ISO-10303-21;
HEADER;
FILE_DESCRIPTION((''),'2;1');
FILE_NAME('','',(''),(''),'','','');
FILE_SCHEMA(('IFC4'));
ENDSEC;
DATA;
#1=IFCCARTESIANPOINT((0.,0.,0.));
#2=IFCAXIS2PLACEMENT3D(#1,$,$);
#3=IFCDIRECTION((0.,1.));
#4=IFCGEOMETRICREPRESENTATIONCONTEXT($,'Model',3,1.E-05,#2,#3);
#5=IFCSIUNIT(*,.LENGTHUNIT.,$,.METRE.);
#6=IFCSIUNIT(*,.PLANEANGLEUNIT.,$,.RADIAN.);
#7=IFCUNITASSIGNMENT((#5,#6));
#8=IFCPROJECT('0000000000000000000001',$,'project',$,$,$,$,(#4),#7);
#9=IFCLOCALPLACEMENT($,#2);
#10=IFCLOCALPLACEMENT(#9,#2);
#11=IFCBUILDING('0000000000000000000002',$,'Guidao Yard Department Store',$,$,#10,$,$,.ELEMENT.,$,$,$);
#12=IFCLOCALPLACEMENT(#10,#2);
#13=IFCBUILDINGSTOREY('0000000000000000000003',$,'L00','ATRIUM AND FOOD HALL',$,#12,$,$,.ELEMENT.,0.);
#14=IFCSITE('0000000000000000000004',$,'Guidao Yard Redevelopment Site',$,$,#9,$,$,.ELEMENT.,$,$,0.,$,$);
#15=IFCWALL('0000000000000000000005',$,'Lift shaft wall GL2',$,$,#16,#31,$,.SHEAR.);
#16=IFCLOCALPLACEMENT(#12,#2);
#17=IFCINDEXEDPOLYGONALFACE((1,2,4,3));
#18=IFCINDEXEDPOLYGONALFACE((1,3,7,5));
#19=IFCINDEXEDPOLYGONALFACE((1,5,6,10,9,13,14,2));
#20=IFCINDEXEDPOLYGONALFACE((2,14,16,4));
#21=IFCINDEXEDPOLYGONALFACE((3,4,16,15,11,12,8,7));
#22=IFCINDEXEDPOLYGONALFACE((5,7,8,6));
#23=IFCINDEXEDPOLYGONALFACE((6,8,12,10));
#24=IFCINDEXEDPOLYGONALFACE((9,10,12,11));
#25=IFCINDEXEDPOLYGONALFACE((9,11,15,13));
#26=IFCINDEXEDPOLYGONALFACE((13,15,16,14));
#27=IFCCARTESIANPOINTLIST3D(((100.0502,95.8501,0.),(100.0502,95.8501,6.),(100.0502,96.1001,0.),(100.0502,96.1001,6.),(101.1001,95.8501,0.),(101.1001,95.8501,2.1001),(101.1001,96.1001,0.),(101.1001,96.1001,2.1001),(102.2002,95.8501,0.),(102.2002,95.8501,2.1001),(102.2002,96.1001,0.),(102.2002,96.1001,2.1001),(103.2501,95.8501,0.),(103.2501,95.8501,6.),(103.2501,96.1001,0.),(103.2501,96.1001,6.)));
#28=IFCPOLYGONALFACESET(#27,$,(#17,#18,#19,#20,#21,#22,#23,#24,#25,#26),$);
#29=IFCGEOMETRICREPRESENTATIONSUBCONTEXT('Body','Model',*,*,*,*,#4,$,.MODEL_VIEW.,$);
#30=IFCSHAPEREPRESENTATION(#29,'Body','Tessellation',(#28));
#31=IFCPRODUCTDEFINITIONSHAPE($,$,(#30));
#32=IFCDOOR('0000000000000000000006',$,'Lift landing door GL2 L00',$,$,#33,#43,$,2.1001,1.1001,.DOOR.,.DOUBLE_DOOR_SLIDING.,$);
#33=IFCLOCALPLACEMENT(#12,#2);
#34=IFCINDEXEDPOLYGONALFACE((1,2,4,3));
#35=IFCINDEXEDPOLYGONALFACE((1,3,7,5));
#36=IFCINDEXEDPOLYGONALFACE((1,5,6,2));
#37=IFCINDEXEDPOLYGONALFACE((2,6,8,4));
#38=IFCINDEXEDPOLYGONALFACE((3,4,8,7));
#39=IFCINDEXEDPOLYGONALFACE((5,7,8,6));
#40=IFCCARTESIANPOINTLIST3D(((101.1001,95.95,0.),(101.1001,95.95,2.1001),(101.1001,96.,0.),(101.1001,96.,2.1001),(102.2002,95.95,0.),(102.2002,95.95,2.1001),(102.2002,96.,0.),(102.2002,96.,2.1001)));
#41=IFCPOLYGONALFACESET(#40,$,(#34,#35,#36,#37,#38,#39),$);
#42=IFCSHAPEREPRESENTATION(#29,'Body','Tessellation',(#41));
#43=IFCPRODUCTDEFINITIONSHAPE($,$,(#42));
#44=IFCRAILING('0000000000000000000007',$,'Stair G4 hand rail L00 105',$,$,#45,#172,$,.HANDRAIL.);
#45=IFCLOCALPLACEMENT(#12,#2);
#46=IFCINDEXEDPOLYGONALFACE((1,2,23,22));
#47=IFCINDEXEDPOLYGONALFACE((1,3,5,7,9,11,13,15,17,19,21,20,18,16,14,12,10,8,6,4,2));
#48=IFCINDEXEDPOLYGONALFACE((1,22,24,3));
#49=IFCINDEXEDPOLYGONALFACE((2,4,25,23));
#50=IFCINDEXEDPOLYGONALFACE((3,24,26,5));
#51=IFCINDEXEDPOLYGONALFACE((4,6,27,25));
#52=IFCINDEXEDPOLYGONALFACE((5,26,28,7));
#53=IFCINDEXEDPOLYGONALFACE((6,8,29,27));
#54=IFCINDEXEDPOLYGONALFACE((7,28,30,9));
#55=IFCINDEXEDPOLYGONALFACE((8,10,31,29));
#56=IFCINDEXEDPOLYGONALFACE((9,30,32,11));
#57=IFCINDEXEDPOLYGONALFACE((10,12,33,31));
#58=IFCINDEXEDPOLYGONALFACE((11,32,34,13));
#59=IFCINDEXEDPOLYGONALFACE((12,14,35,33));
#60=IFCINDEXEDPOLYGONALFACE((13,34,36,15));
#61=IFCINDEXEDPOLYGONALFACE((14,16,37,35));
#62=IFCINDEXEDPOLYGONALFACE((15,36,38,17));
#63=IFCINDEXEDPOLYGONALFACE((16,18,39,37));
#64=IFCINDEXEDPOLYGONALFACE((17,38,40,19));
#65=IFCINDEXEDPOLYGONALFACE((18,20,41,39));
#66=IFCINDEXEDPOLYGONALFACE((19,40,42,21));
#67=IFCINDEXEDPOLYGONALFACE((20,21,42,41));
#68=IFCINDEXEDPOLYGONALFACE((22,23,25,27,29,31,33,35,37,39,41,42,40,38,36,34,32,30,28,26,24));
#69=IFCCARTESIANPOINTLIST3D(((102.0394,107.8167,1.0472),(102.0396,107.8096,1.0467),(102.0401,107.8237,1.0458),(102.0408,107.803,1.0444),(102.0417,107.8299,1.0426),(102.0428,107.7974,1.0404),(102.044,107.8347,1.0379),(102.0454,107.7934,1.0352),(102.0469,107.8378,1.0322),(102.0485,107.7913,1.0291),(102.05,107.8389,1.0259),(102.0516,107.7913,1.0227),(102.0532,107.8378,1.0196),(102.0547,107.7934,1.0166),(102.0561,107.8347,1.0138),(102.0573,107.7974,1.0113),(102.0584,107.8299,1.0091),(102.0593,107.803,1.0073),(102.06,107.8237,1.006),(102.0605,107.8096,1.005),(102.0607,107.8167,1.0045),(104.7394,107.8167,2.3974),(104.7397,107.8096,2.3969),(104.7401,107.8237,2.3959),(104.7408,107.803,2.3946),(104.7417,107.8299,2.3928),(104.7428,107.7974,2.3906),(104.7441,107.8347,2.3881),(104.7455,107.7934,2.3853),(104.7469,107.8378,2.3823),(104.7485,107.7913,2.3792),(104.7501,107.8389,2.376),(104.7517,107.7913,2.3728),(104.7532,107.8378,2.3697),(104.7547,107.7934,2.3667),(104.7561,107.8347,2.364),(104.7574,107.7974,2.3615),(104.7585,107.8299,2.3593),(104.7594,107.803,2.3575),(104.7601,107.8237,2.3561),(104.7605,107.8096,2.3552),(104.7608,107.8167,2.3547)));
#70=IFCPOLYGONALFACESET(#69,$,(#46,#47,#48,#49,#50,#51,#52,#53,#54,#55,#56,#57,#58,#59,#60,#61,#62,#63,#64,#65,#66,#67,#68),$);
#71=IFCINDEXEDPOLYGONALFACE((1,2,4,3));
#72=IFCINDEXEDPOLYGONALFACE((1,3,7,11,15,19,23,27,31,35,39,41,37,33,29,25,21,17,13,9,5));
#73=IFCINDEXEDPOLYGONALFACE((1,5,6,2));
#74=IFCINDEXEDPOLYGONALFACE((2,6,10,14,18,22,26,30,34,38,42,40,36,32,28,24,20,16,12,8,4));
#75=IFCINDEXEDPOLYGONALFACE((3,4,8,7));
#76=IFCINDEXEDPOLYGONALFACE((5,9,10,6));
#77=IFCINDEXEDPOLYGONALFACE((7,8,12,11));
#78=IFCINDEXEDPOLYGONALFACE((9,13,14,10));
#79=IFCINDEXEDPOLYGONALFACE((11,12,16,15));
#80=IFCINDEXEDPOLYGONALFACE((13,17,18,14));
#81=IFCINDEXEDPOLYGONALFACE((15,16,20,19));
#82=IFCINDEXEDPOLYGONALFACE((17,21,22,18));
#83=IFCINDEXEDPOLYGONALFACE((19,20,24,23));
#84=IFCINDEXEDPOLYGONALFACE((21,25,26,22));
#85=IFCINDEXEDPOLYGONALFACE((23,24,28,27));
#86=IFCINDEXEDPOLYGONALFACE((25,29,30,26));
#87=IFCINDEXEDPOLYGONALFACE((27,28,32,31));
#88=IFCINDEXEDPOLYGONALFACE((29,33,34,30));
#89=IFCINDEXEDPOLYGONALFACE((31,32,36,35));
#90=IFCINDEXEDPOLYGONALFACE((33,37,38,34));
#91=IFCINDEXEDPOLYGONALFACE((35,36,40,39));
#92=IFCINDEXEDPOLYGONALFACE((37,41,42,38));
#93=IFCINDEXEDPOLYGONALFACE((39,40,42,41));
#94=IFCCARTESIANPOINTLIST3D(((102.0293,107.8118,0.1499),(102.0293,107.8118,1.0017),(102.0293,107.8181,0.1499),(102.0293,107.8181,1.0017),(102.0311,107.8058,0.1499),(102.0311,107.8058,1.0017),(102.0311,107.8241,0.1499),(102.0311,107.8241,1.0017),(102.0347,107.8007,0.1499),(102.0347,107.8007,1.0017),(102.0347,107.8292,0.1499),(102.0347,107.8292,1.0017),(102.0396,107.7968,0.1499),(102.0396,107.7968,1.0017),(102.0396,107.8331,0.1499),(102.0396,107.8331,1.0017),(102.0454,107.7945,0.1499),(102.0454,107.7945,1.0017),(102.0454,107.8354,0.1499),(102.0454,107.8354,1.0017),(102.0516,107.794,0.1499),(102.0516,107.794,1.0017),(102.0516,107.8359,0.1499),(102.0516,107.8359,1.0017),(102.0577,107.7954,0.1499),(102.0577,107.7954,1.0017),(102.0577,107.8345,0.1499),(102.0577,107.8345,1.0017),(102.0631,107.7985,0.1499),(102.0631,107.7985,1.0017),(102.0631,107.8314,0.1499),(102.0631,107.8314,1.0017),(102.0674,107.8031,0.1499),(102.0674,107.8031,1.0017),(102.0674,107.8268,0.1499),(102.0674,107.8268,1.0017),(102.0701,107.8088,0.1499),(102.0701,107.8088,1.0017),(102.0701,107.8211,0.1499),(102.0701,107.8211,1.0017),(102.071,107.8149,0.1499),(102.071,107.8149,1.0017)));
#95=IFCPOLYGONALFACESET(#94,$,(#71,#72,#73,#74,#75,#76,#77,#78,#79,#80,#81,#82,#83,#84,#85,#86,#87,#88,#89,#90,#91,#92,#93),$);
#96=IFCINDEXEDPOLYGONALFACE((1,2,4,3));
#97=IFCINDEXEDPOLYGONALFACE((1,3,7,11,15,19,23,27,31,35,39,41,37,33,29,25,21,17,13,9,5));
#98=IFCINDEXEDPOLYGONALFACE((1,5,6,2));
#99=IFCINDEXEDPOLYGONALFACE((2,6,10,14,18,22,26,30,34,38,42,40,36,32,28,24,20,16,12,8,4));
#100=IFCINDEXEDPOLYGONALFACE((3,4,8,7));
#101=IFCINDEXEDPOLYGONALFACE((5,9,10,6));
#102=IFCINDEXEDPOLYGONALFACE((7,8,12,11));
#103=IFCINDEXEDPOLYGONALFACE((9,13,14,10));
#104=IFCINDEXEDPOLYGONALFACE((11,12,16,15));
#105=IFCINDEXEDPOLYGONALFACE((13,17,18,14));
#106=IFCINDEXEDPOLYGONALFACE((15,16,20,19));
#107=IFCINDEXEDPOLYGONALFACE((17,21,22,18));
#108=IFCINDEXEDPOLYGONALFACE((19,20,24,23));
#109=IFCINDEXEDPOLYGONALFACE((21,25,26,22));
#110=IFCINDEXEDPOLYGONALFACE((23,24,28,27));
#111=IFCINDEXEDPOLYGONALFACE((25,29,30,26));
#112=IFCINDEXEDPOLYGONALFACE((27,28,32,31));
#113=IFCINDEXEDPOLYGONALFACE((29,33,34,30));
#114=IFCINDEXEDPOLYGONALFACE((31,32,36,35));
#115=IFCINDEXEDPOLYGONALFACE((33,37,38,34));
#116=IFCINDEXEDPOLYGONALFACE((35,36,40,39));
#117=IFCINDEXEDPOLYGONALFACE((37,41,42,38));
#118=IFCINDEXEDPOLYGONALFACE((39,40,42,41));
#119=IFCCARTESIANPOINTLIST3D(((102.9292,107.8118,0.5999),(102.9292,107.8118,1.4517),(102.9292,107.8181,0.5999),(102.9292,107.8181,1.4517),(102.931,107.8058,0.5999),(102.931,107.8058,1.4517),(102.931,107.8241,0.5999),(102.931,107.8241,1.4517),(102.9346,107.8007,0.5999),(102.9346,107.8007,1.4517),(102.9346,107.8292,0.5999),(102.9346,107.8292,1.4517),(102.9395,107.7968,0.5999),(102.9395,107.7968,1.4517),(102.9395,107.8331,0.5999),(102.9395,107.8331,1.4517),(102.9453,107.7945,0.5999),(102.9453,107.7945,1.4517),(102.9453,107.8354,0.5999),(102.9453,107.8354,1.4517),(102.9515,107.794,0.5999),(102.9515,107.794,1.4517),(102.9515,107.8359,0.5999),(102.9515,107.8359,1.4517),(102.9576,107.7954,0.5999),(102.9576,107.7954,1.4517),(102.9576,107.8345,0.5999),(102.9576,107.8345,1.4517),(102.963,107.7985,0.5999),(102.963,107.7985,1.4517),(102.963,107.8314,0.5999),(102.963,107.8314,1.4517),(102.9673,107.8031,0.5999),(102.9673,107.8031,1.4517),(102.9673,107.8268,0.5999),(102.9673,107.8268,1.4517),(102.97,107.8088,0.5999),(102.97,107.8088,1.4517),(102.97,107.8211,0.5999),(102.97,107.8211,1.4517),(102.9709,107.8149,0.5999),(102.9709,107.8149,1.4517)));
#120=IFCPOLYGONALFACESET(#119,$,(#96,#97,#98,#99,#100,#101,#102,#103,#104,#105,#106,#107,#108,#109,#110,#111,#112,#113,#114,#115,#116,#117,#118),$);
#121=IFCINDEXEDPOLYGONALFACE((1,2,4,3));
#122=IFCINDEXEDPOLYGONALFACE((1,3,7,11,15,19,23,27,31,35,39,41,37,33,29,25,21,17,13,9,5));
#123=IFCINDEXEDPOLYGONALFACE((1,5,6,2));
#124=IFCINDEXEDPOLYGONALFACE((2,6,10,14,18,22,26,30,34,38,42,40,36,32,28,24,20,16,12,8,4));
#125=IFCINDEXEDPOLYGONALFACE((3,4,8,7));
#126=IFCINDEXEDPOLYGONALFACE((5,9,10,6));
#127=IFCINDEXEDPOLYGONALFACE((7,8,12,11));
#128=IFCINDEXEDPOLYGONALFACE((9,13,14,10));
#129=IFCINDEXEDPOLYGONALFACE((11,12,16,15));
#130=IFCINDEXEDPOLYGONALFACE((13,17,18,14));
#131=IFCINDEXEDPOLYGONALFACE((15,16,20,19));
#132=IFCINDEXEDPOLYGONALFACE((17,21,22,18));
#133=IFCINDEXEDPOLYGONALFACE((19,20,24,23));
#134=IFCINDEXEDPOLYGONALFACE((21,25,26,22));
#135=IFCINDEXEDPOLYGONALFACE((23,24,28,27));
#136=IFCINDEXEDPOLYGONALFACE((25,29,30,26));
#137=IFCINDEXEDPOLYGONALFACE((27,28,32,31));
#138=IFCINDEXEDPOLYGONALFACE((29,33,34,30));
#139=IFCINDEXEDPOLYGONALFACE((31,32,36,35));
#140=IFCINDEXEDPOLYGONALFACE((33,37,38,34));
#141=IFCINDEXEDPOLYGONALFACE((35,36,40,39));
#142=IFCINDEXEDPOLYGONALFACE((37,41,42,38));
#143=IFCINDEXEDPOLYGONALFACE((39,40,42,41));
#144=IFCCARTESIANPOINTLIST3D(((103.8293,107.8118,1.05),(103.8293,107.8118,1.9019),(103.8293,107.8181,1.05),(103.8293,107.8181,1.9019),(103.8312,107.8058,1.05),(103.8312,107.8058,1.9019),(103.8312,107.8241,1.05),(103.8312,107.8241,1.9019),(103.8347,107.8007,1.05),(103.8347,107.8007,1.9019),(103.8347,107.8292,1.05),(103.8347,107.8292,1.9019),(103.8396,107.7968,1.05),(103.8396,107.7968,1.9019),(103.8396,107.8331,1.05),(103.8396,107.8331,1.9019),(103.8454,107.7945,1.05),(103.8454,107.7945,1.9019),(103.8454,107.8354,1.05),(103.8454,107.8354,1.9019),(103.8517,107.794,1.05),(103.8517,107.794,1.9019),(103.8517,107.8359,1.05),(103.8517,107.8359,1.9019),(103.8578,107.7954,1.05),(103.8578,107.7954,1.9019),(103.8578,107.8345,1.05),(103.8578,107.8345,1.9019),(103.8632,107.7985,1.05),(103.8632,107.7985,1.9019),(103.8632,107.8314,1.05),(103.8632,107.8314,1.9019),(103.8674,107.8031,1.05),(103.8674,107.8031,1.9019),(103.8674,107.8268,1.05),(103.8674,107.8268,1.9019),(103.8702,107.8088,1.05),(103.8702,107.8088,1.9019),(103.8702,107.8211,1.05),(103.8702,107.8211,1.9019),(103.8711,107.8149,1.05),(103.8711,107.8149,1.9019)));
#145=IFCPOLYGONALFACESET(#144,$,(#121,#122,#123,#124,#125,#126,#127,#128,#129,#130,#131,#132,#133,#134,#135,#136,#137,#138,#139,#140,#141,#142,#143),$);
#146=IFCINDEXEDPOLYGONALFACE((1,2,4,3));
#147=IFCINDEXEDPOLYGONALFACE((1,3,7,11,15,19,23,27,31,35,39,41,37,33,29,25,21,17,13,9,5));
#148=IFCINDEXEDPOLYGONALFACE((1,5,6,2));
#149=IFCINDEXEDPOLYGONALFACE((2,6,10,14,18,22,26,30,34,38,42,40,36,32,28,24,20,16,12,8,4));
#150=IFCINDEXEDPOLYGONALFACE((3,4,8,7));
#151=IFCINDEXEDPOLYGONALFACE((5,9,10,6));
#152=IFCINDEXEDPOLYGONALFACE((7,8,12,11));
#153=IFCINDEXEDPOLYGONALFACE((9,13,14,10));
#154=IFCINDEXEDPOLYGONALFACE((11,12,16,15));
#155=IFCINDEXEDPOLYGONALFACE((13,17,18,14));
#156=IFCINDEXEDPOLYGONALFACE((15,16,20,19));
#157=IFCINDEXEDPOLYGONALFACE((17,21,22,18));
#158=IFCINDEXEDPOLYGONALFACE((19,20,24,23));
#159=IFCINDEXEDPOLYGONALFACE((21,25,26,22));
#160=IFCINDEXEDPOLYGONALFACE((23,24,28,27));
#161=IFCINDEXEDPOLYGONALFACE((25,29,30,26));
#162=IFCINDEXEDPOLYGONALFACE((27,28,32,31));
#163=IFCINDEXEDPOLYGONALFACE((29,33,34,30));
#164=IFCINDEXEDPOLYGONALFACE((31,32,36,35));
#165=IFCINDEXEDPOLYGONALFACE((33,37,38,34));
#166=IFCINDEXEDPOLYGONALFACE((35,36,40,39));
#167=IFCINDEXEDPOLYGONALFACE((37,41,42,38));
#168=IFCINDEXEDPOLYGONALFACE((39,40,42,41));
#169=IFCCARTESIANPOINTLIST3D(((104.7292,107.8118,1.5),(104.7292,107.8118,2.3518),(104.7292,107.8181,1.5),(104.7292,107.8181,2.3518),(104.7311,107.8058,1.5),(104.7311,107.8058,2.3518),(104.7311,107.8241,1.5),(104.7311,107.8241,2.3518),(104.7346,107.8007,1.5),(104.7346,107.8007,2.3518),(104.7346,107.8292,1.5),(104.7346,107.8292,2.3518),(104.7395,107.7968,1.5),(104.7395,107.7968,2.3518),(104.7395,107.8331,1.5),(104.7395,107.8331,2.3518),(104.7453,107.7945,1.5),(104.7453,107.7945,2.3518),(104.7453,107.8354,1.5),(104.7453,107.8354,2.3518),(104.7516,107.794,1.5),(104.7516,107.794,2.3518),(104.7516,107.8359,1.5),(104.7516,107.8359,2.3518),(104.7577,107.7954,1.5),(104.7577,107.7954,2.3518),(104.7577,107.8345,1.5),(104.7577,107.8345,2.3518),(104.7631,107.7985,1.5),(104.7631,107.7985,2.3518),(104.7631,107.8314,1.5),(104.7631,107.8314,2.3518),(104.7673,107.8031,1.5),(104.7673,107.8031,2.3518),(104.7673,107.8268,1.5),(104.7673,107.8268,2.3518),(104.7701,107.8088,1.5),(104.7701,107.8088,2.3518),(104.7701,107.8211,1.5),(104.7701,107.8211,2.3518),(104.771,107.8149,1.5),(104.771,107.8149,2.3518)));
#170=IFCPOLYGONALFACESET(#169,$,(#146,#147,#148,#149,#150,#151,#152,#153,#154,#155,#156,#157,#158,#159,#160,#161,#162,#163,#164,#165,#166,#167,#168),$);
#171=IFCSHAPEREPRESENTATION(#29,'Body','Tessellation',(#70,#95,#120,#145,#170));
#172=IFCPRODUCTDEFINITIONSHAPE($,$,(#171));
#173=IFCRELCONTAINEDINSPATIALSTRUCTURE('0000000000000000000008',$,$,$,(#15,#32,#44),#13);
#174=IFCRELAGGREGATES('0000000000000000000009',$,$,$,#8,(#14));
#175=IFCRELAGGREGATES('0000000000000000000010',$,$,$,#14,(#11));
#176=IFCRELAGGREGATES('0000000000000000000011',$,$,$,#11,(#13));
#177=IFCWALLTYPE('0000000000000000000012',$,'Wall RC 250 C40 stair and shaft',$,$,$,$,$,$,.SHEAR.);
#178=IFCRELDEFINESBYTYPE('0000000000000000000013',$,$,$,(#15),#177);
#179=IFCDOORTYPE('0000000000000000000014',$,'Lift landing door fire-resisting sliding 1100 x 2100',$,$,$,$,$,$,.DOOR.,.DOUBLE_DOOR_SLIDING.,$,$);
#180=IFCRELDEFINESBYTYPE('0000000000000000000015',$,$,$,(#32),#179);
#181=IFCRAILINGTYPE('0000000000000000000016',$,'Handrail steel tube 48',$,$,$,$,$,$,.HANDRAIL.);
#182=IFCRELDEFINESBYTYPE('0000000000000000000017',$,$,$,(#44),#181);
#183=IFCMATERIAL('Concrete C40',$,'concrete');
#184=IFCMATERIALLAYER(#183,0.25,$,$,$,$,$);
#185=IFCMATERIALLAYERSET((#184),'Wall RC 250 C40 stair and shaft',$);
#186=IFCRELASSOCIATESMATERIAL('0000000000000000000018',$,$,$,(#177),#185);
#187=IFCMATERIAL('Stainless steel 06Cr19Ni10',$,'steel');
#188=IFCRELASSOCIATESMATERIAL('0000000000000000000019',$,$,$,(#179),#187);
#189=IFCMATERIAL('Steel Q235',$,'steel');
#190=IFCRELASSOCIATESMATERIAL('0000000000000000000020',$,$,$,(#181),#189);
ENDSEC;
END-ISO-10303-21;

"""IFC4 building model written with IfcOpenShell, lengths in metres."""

from ifc_helpers import new_model, si_unit, direction, frame, frame_2d, origin, origin_2d, place, context, subcontext, project, spatial, rectangle, circle, extrude, material, layer, layer_set, type_object, element, fill, save


model = new_model("IFC4")

# Units and contexts
model_context = context("Model", 3, precision=1e-05, world=origin(), true_north=direction((0.0, 1.0)))
body_context = subcontext(model_context, "Body", "Model", "MODEL_VIEW")
ifc_project = project(units=[si_unit("LENGTHUNIT", "METRE"), si_unit("PLANEANGLEUNIT", "RADIAN")], contexts=[model_context])

# Site, building, storey
site_placement = place(None, origin())
site = spatial("IfcSite", under=ifc_project, at=site_placement, Name="Guidao Yard Redevelopment Site", CompositionType="ELEMENT", RefElevation=0.0)
building_placement = place(site_placement, origin())
building = spatial("IfcBuilding", under=site, at=building_placement, Name="Guidao Yard Department Store", CompositionType="ELEMENT")
storey_placement = place(building_placement, origin())
storey = spatial("IfcBuildingStorey", under=building, at=storey_placement, Name="L00", Description="ATRIUM AND FOOD HALL", CompositionType="ELEMENT", Elevation=0.0)

# Shared definitions
ifc_material_1 = material(Name="Concrete C40", Category="concrete")
ifc_layer = layer(ifc_material_1, 0.25)
ifc_layer_set = layer_set([ifc_layer], Name="Wall RC 250 C40 stair and shaft")
wall_type = type_object("IfcWallType", Name="Wall RC 250 C40 stair and shaft", PredefinedType="SHEAR", material=ifc_layer_set)

# Wall, opening, door
wall_1_placement = place(storey_placement, frame((100.05, 95.9751, 0.0), z_axis=(0.0, 0.0, 1.0), x_axis=(1.0, 0.0, 0.0)))
wall_1 = element("IfcWall", 1, at=wall_1_placement, inside=storey, type_object=wall_type, Name="Lift shaft wall GL2", PredefinedType="SHEAR", context=body_context, shape_type="SweptSolid", body=[
    extrude(rectangle(XDim=3.2, YDim=0.25, at=frame_2d((1.6001, 0.0))), origin(), (0.0, 0.0, 1.0), 6.0),
])
opening_1_placement = place(wall_1_placement, frame((1.05, 0.0, 0.0)))
opening_1 = element("IfcOpeningElement", 2, at=opening_1_placement, cuts=wall_1, PredefinedType="OPENING", context=body_context, shape_type="SweptSolid", body=[
    extrude(rectangle(XDim=1.1001, YDim=2.1001, at=frame_2d((0.55, 1.05))), frame((0.0, 0.135, 0.0), z_axis=(0.0, -1.0, 0.0), x_axis=(1.0, 0.0, 0.0)), (0.0, 0.0, 1.0), 0.27),
])
ifc_material_2 = material(Name="Stainless steel 06Cr19Ni10", Category="steel")
door_type_1 = type_object("IfcDoorType", Name="Lift landing door fire-resisting sliding 1100 x 2100", OperationType="DOUBLE_DOOR_SLIDING", PredefinedType="DOOR", material=ifc_material_2)
door_1_placement = place(opening_1_placement, origin())
door_1 = element("IfcDoor", 3, at=door_1_placement, inside=storey, type_object=door_type_1, Name="Lift landing door GL2 L00", OperationType="DOUBLE_DOOR_SLIDING", OverallHeight=2.1001, OverallWidth=1.1001, PredefinedType="DOOR", context=body_context, shape_type="SweptSolid", body=[
    extrude(rectangle(XDim=1.1001, YDim=2.1001, at=frame_2d((0.55, 1.05))), frame((0.0, 0.0249, 0.0), z_axis=(0.0, -1.0, 0.0), x_axis=(1.0, 0.0, 0.0)), (0.0, 0.0, 1.0), 0.05),
])
fill(opening_1, door_1)

# Railing
ifc_material_3 = material(Name="Steel Q235", Category="steel")
railing_type = type_object("IfcRailingType", Name="Handrail steel tube 48", PredefinedType="HANDRAIL", material=ifc_material_3)
for number, where, name in (
    (4, (102.05, 107.8149, 0.1499), "Stair G4 hand rail L00 105"),
):
    element("IfcRailing", number, at=place(storey_placement, frame(where)), inside=storey, type_object=railing_type, Name=name, PredefinedType="HANDRAIL", context=body_context, shape_type="SweptSolid", body=[
        extrude(circle(Radius=0.0239, at=origin_2d()), frame((0.0, 0.0, 0.876), z_axis=(0.894411, 0.0, 0.447246), x_axis=(0.0, 1.0, 0.0)), (0.0, 0.0, 1.0), 3.0188),
        extrude(circle(Radius=0.021, at=origin_2d()), origin(), (0.0, 0.0, 1.0), 0.8518),
        extrude(circle(Radius=0.021, at=origin_2d()), frame((0.8999, 0.0, 0.45)), (0.0, 0.0, 1.0), 0.8518),
        extrude(circle(Radius=0.021, at=origin_2d()), frame((1.8, 0.0, 0.9001)), (0.0, 0.0, 1.0), 0.8518),
        extrude(circle(Radius=0.021, at=origin_2d()), frame((2.7, 0.0, 1.3501)), (0.0, 0.0, 1.0), 0.8518),
    ])

save(model, "model.ifc")
